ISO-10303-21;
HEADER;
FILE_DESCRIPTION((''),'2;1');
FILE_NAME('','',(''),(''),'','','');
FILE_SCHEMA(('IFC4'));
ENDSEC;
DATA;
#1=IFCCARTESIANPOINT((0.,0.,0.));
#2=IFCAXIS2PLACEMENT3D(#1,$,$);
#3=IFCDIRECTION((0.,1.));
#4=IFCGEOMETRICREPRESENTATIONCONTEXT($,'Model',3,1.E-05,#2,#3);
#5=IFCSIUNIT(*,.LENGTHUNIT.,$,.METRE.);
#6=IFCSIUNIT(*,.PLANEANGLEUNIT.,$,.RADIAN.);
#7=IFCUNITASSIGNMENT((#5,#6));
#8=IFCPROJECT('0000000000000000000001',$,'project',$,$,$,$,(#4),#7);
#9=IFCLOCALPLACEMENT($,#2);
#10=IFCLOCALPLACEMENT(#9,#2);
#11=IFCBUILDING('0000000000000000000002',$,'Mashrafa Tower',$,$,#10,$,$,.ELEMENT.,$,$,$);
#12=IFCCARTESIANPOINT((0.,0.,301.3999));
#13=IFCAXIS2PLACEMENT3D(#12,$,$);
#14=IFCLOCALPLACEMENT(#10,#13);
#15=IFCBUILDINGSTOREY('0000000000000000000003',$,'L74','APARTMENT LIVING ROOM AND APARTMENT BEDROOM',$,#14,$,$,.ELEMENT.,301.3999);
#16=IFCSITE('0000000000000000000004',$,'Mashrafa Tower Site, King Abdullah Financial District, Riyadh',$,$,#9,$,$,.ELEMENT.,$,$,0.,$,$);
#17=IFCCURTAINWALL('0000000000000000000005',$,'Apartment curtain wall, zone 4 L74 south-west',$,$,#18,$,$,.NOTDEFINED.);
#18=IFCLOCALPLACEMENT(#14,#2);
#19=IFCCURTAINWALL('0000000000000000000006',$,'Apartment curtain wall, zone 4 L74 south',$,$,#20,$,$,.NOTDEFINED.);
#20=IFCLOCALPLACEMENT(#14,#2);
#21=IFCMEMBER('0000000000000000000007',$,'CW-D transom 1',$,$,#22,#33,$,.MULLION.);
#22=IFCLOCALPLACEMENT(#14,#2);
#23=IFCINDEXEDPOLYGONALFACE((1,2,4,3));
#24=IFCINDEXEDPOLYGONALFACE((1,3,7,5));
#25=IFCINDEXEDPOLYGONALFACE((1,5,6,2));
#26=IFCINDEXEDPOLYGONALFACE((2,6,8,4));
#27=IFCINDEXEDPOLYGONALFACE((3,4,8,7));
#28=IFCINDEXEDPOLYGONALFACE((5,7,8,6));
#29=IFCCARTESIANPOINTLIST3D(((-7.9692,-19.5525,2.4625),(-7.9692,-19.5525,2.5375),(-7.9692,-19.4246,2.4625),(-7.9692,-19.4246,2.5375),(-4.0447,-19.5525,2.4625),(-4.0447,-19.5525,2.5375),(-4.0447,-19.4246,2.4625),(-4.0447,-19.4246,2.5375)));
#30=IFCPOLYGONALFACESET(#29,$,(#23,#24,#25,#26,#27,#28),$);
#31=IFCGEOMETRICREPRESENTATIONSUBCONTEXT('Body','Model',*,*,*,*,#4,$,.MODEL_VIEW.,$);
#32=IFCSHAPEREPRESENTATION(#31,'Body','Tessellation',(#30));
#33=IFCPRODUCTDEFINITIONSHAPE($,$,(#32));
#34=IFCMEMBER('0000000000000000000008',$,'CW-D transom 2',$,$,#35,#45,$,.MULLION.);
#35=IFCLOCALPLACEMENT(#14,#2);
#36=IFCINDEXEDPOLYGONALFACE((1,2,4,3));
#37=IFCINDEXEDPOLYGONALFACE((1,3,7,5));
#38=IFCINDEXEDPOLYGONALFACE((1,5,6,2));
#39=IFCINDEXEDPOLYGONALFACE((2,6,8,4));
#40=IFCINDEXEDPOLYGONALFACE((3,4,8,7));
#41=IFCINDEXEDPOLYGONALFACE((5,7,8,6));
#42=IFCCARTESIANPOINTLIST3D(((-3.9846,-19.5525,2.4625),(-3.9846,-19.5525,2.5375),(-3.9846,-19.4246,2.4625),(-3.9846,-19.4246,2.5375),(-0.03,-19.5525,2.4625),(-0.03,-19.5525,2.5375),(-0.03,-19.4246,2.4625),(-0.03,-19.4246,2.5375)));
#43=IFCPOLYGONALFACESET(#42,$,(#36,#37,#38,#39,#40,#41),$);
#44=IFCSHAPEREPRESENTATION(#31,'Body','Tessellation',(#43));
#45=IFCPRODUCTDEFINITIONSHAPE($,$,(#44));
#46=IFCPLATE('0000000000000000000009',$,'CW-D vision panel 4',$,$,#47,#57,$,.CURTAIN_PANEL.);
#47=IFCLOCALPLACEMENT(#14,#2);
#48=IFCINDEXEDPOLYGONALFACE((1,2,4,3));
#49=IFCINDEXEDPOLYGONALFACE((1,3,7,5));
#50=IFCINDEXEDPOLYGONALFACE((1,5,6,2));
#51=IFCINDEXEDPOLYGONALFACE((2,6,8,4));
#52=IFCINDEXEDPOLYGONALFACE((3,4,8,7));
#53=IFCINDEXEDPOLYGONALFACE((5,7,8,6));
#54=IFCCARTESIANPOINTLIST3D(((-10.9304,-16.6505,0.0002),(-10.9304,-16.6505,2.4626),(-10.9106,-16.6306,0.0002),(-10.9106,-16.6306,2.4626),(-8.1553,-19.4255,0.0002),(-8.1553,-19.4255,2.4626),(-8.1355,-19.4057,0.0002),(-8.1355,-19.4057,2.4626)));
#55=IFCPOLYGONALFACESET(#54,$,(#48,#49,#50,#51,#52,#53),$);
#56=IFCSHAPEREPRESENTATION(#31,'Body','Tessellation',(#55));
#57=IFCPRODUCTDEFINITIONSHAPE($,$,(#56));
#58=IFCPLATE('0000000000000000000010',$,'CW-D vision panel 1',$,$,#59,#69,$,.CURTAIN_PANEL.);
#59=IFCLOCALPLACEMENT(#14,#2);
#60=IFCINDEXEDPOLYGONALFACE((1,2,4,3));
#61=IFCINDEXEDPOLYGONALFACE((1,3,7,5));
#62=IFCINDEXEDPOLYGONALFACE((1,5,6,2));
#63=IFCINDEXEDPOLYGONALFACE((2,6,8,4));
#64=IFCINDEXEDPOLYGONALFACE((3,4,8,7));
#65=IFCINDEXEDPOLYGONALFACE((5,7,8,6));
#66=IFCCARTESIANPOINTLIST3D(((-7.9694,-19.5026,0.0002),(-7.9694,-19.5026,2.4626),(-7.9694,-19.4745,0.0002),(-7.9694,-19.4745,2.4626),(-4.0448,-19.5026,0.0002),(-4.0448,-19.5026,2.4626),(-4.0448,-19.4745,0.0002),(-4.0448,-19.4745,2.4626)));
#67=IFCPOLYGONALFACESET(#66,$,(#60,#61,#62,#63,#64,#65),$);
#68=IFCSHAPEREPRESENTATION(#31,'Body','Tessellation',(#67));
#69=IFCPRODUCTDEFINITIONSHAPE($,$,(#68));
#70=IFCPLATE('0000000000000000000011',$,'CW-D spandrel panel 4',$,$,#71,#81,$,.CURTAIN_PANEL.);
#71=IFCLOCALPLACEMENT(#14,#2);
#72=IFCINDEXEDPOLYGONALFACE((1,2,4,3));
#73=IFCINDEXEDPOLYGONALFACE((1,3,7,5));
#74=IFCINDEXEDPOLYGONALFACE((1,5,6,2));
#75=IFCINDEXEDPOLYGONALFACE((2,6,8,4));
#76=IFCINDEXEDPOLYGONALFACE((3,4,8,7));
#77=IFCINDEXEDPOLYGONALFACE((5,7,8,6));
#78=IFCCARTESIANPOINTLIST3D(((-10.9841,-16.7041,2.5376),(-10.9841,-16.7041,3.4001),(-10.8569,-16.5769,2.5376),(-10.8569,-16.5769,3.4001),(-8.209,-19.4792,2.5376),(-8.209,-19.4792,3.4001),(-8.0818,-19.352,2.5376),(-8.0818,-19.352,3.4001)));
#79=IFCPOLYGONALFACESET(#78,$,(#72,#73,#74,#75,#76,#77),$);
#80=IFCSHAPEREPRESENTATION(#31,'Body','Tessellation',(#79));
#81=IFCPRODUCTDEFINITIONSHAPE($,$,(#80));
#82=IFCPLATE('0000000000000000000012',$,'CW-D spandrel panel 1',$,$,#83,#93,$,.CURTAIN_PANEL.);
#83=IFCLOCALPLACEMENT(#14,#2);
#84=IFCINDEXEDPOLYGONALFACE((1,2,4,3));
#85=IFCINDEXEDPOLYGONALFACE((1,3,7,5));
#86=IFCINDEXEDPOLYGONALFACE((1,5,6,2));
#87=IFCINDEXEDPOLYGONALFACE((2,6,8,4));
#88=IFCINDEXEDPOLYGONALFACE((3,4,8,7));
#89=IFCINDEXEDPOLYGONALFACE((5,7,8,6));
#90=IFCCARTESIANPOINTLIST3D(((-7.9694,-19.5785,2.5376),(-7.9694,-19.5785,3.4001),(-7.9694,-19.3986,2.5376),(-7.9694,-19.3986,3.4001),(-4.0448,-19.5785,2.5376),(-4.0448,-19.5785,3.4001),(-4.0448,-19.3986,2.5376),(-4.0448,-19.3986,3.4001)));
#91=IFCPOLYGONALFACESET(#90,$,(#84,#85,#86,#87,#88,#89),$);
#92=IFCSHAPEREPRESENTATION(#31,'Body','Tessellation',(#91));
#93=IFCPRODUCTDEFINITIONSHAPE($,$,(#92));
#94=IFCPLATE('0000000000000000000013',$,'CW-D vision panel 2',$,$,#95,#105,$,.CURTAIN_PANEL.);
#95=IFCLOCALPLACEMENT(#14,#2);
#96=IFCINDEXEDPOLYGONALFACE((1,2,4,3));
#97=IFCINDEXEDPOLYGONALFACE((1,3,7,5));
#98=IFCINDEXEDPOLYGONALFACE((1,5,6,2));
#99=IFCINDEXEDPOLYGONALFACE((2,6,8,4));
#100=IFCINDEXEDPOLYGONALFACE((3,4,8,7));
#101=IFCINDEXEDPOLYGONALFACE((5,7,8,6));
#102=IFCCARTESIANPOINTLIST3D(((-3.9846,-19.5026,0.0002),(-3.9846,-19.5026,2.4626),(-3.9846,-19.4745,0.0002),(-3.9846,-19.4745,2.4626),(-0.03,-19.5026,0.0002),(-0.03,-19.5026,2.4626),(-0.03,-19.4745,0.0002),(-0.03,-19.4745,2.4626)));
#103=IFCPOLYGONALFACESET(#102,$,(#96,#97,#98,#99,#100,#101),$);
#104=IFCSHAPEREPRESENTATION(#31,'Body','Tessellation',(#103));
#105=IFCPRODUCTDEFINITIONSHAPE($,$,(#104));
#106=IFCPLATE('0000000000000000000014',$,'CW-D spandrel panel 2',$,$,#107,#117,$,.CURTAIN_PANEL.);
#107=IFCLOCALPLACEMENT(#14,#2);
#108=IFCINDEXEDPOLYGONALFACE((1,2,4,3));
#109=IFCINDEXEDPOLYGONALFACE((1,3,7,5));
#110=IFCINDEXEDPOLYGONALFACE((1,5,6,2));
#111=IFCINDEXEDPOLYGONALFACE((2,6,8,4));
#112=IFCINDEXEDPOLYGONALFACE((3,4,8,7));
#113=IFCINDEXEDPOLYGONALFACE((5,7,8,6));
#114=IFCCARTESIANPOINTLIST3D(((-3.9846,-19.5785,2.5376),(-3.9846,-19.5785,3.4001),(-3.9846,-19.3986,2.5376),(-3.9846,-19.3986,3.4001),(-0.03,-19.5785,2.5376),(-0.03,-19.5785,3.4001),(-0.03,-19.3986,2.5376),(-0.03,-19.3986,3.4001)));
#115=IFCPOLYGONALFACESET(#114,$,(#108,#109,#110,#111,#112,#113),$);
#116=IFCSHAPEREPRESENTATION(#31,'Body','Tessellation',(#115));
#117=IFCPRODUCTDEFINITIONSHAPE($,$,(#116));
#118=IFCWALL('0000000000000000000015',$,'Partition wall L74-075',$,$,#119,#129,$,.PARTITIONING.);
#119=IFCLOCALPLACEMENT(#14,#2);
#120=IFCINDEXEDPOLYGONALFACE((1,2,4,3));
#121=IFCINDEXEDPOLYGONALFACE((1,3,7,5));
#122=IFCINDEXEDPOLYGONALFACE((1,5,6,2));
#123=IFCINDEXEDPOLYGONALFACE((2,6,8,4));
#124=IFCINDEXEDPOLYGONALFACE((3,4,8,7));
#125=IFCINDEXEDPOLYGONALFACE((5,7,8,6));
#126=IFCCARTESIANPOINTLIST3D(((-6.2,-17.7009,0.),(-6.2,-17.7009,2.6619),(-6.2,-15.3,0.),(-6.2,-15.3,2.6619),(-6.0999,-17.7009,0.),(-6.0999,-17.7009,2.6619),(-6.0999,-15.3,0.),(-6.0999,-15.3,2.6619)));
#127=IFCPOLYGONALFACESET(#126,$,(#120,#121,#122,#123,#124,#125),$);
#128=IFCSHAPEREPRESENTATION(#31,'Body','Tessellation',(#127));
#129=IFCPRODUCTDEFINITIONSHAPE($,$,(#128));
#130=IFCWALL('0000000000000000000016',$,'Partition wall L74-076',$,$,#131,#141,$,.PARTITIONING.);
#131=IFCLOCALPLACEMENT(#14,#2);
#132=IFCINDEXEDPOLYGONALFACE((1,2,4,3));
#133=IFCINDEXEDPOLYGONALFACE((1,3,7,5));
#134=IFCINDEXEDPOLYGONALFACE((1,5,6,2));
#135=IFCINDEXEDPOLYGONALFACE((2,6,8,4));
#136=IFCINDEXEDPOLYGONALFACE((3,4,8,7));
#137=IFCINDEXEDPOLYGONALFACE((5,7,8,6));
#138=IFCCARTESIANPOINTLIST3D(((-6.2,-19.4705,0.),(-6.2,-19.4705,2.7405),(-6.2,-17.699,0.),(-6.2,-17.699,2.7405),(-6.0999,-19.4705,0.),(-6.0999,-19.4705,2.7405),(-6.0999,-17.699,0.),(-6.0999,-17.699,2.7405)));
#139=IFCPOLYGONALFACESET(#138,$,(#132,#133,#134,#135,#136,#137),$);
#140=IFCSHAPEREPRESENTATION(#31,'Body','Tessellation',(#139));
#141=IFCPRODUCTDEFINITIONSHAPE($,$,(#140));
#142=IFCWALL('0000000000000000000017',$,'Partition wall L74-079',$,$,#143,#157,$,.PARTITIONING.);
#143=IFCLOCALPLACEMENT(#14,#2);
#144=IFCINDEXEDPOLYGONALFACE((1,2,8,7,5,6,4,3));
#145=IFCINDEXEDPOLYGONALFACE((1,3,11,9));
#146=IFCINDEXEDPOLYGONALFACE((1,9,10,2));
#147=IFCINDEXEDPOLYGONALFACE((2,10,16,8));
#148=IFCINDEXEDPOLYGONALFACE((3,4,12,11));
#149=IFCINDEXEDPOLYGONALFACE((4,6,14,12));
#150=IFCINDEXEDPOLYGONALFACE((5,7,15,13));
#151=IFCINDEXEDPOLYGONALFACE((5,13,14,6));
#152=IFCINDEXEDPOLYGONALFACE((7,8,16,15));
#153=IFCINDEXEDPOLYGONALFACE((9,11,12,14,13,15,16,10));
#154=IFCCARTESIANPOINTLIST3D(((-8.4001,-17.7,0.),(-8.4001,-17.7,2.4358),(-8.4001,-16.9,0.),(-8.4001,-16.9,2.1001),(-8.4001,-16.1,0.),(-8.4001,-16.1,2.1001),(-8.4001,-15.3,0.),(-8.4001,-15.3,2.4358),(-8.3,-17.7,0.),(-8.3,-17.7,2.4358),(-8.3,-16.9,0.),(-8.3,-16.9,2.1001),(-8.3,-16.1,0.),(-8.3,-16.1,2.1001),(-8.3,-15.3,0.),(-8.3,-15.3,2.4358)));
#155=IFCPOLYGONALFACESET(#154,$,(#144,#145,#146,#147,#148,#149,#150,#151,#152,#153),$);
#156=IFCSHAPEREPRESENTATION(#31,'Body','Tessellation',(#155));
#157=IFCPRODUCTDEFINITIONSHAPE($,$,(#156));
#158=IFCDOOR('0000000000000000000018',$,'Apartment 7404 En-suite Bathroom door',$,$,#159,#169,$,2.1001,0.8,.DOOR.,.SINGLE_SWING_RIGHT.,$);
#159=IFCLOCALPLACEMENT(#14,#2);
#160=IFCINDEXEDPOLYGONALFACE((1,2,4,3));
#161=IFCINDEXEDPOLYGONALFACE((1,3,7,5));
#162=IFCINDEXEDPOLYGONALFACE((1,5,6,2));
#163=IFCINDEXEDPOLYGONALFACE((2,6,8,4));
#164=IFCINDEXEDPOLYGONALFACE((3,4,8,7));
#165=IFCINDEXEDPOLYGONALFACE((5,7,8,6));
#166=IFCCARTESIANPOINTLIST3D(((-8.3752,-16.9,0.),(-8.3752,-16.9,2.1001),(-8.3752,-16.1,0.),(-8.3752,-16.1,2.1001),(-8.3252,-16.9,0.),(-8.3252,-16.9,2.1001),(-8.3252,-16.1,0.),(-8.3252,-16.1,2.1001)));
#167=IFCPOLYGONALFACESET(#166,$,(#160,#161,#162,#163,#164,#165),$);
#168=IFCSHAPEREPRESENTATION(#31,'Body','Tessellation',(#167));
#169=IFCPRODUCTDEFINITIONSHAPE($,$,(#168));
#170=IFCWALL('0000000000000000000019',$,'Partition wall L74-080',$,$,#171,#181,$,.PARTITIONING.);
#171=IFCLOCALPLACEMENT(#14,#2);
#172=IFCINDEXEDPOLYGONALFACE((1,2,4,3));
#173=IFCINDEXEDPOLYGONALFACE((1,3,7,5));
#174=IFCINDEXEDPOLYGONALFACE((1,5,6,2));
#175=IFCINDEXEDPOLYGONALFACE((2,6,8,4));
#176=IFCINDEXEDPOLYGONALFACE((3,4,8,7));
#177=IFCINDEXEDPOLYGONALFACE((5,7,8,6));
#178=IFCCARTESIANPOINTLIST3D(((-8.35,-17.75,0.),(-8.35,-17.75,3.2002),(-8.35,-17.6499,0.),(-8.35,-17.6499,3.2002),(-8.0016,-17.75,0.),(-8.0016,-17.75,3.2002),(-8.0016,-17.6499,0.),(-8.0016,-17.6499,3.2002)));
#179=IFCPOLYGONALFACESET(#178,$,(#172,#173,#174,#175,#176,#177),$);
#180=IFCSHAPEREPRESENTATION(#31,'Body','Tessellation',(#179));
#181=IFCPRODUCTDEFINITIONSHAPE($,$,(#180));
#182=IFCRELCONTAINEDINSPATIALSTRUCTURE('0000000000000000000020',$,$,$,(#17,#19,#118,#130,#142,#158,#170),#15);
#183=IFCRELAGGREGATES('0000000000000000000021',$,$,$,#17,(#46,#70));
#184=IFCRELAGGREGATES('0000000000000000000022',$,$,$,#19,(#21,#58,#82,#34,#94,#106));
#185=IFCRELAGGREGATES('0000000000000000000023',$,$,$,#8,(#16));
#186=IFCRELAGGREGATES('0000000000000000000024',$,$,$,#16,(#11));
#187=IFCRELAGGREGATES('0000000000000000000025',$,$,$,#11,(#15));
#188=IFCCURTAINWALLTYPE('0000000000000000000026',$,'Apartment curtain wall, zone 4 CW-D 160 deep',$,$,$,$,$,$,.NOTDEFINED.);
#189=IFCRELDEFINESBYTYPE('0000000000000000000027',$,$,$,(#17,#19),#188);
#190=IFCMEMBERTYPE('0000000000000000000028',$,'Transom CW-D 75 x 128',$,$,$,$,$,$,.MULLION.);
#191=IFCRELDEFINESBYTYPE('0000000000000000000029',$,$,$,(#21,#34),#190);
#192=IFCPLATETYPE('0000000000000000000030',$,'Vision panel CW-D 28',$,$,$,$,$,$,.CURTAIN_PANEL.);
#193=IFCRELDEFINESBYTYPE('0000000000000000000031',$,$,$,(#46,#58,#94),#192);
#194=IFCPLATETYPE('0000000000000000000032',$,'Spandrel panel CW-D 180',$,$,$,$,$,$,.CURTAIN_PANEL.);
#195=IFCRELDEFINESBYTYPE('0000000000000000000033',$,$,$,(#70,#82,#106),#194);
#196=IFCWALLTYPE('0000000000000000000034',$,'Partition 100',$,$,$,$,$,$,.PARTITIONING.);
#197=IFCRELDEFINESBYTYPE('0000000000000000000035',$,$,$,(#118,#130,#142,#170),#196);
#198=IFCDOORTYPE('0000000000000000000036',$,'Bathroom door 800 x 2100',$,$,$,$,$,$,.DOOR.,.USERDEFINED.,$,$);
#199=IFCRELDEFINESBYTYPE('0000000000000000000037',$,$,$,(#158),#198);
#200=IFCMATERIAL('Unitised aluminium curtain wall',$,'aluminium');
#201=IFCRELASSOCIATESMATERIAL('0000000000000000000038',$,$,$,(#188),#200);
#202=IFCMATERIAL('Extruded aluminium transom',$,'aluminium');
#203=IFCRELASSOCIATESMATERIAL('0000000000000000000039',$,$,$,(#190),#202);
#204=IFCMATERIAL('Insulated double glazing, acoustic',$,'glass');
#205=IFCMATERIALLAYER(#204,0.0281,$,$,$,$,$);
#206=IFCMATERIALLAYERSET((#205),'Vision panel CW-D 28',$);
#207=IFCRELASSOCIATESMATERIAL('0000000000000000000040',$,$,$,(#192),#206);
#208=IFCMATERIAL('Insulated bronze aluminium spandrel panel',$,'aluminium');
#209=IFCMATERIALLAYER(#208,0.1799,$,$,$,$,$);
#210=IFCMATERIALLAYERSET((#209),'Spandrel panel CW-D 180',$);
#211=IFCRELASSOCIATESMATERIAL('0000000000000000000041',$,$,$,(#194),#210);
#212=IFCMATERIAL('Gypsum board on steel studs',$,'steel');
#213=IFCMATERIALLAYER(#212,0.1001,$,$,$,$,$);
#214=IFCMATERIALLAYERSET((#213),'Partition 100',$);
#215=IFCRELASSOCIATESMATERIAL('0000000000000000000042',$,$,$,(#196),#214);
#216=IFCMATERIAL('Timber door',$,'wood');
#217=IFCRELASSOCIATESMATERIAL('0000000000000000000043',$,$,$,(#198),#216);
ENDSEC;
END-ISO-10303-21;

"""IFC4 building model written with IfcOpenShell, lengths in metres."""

from ifc_helpers import new_model, si_unit, direction, frame, frame_2d, origin, origin_2d, place, context, subcontext, project, spatial, rectangle, extrude, source, transform, mapped, material, layer, layer_set, material_profile, profile_set, type_object, type_shapes, element, fill, aggregate, save


model = new_model("IFC4")

# Units and contexts
model_context = context("Model", 3, precision=1e-05, world=origin(), true_north=direction((0.0, 1.0)))
body_context = subcontext(model_context, "Body", "Model", "MODEL_VIEW")
ifc_project = project(units=[si_unit("LENGTHUNIT", "METRE"), si_unit("PLANEANGLEUNIT", "RADIAN")], contexts=[model_context])

# Site, building, storey
site_placement = place(None, origin())
site = spatial("IfcSite", under=ifc_project, at=site_placement, Name="Mashrafa Tower Site, King Abdullah Financial District, Riyadh", CompositionType="ELEMENT", RefElevation=0.0)
building_placement = place(site_placement, origin())
building = spatial("IfcBuilding", under=site, at=building_placement, Name="Mashrafa Tower", CompositionType="ELEMENT")
storey_placement = place(building_placement, frame((0.0, 0.0, 301.3999)))
storey = spatial("IfcBuildingStorey", under=building, at=storey_placement, Name="L74", Description="APARTMENT LIVING ROOM AND APARTMENT BEDROOM", CompositionType="ELEMENT", Elevation=301.3999)

# Curtain wall
ifc_material_1 = material(Name="Unitised aluminium curtain wall", Category="aluminium")
curtain_wall_type = type_object("IfcCurtainWallType", Name="Apartment curtain wall, zone 4 CW-D 160 deep", PredefinedType="NOTDEFINED", material=ifc_material_1)
curtain_wall_1_placement = place(storey_placement, origin())
curtain_wall_1 = element("IfcCurtainWall", 1, at=curtain_wall_1_placement, inside=storey, type_object=curtain_wall_type, Name="Apartment curtain wall, zone 4 L74 south-west", PredefinedType="NOTDEFINED")

# Curtain wall, members
curtain_wall_2_placement = place(storey_placement, origin())
curtain_wall_2 = element("IfcCurtainWall", 2, at=curtain_wall_2_placement, inside=storey, type_object=curtain_wall_type, Name="Apartment curtain wall, zone 4 L74 south", PredefinedType="NOTDEFINED")
ifc_material_2 = material(Name="Extruded aluminium transom", Category="aluminium")
ifc_material_profile_1 = material_profile(ifc_material_2, rectangle(XDim=0.1279, YDim=0.075, at=origin_2d()), Name="Transom 75x128")
ifc_profile_set_1 = profile_set([ifc_material_profile_1], Name="Extruded aluminium transom")
member_type_1 = type_object("IfcMemberType", Name="Transom CW-D 75 x 128", PredefinedType="MULLION", material=ifc_profile_set_1)
shared_shape_1 = source(origin(), body_context, "Body", "SweptSolid", [
    extrude(rectangle(XDim=0.1279, YDim=0.075, at=origin_2d()), origin(), (0.0, 0.0, 1.0), 3.9246),
])
member_1_placement = place(storey_placement, frame((-7.9692, -19.4885, 2.5), z_axis=(1.0, 0.0, 0.0), x_axis=(0.0, 1.0, 0.0)))
member_1 = element("IfcMember", 3, at=member_1_placement, type_object=member_type_1, Name="CW-D transom 1", PredefinedType="MULLION", context=body_context, shape_type="MappedRepresentation", body=[
    mapped(shared_shape_1, transform((0.0, 0.0, 0.0))),
])
shared_shape_2 = source(origin(), body_context, "Body", "SweptSolid", [
    extrude(rectangle(XDim=0.1279, YDim=0.075, at=origin_2d()), origin(), (0.0, 0.0, 1.0), 3.9546),
])
type_shapes(member_type_1, [shared_shape_1, shared_shape_2])
member_2_placement = place(storey_placement, frame((-3.9846, -19.4885, 2.5), z_axis=(1.0, 0.0, 0.0), x_axis=(0.0, 1.0, 0.0)))
member_2 = element("IfcMember", 4, at=member_2_placement, type_object=member_type_1, Name="CW-D transom 2", PredefinedType="MULLION", context=body_context, shape_type="MappedRepresentation", body=[
    mapped(shared_shape_2, transform((0.0, 0.0, 0.0))),
])

# Plates
ifc_material_3 = material(Name="Insulated double glazing, acoustic", Category="glass")
ifc_layer_1 = layer(ifc_material_3, 0.0281)
ifc_layer_set_1 = layer_set([ifc_layer_1], Name="Vision panel CW-D 28")
plate_type_1 = type_object("IfcPlateType", Name="Vision panel CW-D 28", PredefinedType="CURTAIN_PANEL", material=ifc_layer_set_1)
shared_shape_3 = source(origin(), body_context, "Body", "SweptSolid", [
    extrude(rectangle(XDim=3.9246, YDim=0.0281, at=origin_2d()), origin(), (0.0, 0.0, 1.0), 2.4624),
])
plate_1_placement = place(storey_placement, frame((-9.533, -18.0281, 0.0002), z_axis=(0.0, 0.0, 1.0), x_axis=(0.707107, -0.707107, 0.0)))
plate_1 = element("IfcPlate", 5, at=plate_1_placement, type_object=plate_type_1, Name="CW-D vision panel 4", PredefinedType="CURTAIN_PANEL", context=body_context, shape_type="MappedRepresentation", body=[
    mapped(shared_shape_3, transform((0.0, 0.0, 0.0))),
])
plate_2_placement = place(storey_placement, frame((-6.0071, -19.4885, 0.0002), z_axis=(0.0, 0.0, 1.0), x_axis=(1.0, 0.0, 0.0)))
plate_2 = element("IfcPlate", 6, at=plate_2_placement, type_object=plate_type_1, Name="CW-D vision panel 1", PredefinedType="CURTAIN_PANEL", context=body_context, shape_type="MappedRepresentation", body=[
    mapped(shared_shape_3, transform((0.0, 0.0, 0.0))),
])
ifc_material_4 = material(Name="Insulated bronze aluminium spandrel panel", Category="aluminium")
ifc_layer_2 = layer(ifc_material_4, 0.1799)
ifc_layer_set_2 = layer_set([ifc_layer_2], Name="Spandrel panel CW-D 180")
plate_type_2 = type_object("IfcPlateType", Name="Spandrel panel CW-D 180", PredefinedType="CURTAIN_PANEL", material=ifc_layer_set_2)
shared_shape_4 = source(origin(), body_context, "Body", "SweptSolid", [
    extrude(rectangle(XDim=3.9246, YDim=0.1799, at=origin_2d()), origin(), (0.0, 0.0, 1.0), 0.8625),
])
plate_3_placement = place(storey_placement, frame((-9.533, -18.0281, 2.5376), z_axis=(0.0, 0.0, 1.0), x_axis=(0.707107, -0.707107, 0.0)))
plate_3 = element("IfcPlate", 7, at=plate_3_placement, type_object=plate_type_2, Name="CW-D spandrel panel 4", PredefinedType="CURTAIN_PANEL", context=body_context, shape_type="MappedRepresentation", body=[
    mapped(shared_shape_4, transform((0.0, 0.0, 0.0))),
])
aggregate(curtain_wall_1, [plate_1, plate_3])
plate_4_placement = place(storey_placement, frame((-6.0071, -19.4885, 2.5376), z_axis=(0.0, 0.0, 1.0), x_axis=(1.0, 0.0, 0.0)))
plate_4 = element("IfcPlate", 8, at=plate_4_placement, type_object=plate_type_2, Name="CW-D spandrel panel 1", PredefinedType="CURTAIN_PANEL", context=body_context, shape_type="MappedRepresentation", body=[
    mapped(shared_shape_4, transform((0.0, 0.0, 0.0))),
])
shared_shape_5 = source(origin(), body_context, "Body", "SweptSolid", [
    extrude(rectangle(XDim=3.9546, YDim=0.0281, at=origin_2d()), origin(), (0.0, 0.0, 1.0), 2.4624),
])
type_shapes(plate_type_1, [shared_shape_3, shared_shape_5])
plate_5_placement = place(storey_placement, frame((-2.0073, -19.4885, 0.0002), z_axis=(0.0, 0.0, 1.0), x_axis=(1.0, 0.0, 0.0)))
plate_5 = element("IfcPlate", 9, at=plate_5_placement, type_object=plate_type_1, Name="CW-D vision panel 2", PredefinedType="CURTAIN_PANEL", context=body_context, shape_type="MappedRepresentation", body=[
    mapped(shared_shape_5, transform((0.0, 0.0, 0.0))),
])
shared_shape_6 = source(origin(), body_context, "Body", "SweptSolid", [
    extrude(rectangle(XDim=3.9546, YDim=0.1799, at=origin_2d()), origin(), (0.0, 0.0, 1.0), 0.8625),
])
type_shapes(plate_type_2, [shared_shape_4, shared_shape_6])
plate_6_placement = place(storey_placement, frame((-2.0073, -19.4885, 2.5376), z_axis=(0.0, 0.0, 1.0), x_axis=(1.0, 0.0, 0.0)))
plate_6 = element("IfcPlate", 10, at=plate_6_placement, type_object=plate_type_2, Name="CW-D spandrel panel 2", PredefinedType="CURTAIN_PANEL", context=body_context, shape_type="MappedRepresentation", body=[
    mapped(shared_shape_6, transform((0.0, 0.0, 0.0))),
])
aggregate(curtain_wall_2, [member_1, plate_2, plate_4, member_2, plate_5, plate_6])

# Walls
ifc_material_5 = material(Name="Gypsum board on steel studs", Category="steel")
ifc_layer_3 = layer(ifc_material_5, 0.1001)
ifc_layer_set_3 = layer_set([ifc_layer_3], Name="Partition 100")
wall_type = type_object("IfcWallType", Name="Partition 100", PredefinedType="PARTITIONING", material=ifc_layer_set_3)
wall_1_placement = place(storey_placement, frame((-6.1499, -15.3, 0.0), z_axis=(0.0, 0.0, 1.0), x_axis=(0.0, -1.0, 0.0)))
element("IfcWall", 11, at=wall_1_placement, inside=storey, type_object=wall_type, Name="Partition wall L74-075", PredefinedType="PARTITIONING", context=body_context, shape_type="SweptSolid", body=[
    extrude(rectangle(XDim=2.4009, YDim=0.1001, at=frame_2d((1.2004, 0.0))), origin(), (0.0, 0.0, 1.0), 2.6619),
])
wall_2_placement = place(storey_placement, frame((-6.1499, -17.699, 0.0), z_axis=(0.0, 0.0, 1.0), x_axis=(0.0, -1.0, 0.0)))
element("IfcWall", 12, at=wall_2_placement, inside=storey, type_object=wall_type, Name="Partition wall L74-076", PredefinedType="PARTITIONING", context=body_context, shape_type="SweptSolid", body=[
    extrude(rectangle(XDim=1.7715, YDim=0.1001, at=frame_2d((0.8857, 0.0))), origin(), (0.0, 0.0, 1.0), 2.7405),
])

# Wall, opening, door
wall_3_placement = place(storey_placement, frame((-8.3501, -15.3, 0.0), z_axis=(0.0, 0.0, 1.0), x_axis=(0.0, -1.0, 0.0)))
wall_3 = element("IfcWall", 13, at=wall_3_placement, inside=storey, type_object=wall_type, Name="Partition wall L74-079", PredefinedType="PARTITIONING", context=body_context, shape_type="SweptSolid", body=[
    extrude(rectangle(XDim=2.3999, YDim=0.1001, at=frame_2d((1.2, 0.0))), origin(), (0.0, 0.0, 1.0), 2.4358),
])
opening_placement = place(wall_3_placement, frame((0.8, 0.0, 0.0)))
opening = element("IfcOpeningElement", 14, at=opening_placement, cuts=wall_3, PredefinedType="OPENING", context=body_context, shape_type="SweptSolid", body=[
    extrude(rectangle(XDim=0.8, YDim=2.1001, at=frame_2d((0.3999, 1.05))), frame((0.0, 0.0601, 0.0), z_axis=(0.0, -1.0, 0.0), x_axis=(1.0, 0.0, 0.0)), (0.0, 0.0, 1.0), 0.1201),
])
ifc_material_6 = material(Name="Timber door", Category="wood")
door_type = type_object("IfcDoorType", Name="Bathroom door 800 x 2100", OperationType="USERDEFINED", PredefinedType="DOOR", material=ifc_material_6)
door_placement = place(opening_placement, origin())
door = element("IfcDoor", 15, at=door_placement, inside=storey, type_object=door_type, Name="Apartment 7404 En-suite Bathroom door", OperationType="SINGLE_SWING_RIGHT", OverallHeight=2.1001, OverallWidth=0.8, PredefinedType="DOOR", context=body_context, shape_type="SweptSolid", body=[
    extrude(rectangle(XDim=0.8, YDim=2.1001, at=frame_2d((0.3999, 1.05))), frame((0.0, 0.0249, 0.0), z_axis=(0.0, -1.0, 0.0), x_axis=(1.0, 0.0, 0.0)), (0.0, 0.0, 1.0), 0.05),
])
fill(opening, door)

# Wall
wall_4_placement = place(storey_placement, frame((-8.3501, -17.7, 0.0), z_axis=(0.0, 0.0, 1.0), x_axis=(1.0, 0.0, 0.0)))
element("IfcWall", 16, at=wall_4_placement, inside=storey, type_object=wall_type, Name="Partition wall L74-080", PredefinedType="PARTITIONING", context=body_context, shape_type="SweptSolid", body=[
    extrude(rectangle(XDim=0.3484, YDim=0.1001, at=frame_2d((0.1743, 0.0))), origin(), (0.0, 0.0, 1.0), 3.2002),
])

save(model, "model.ifc")
